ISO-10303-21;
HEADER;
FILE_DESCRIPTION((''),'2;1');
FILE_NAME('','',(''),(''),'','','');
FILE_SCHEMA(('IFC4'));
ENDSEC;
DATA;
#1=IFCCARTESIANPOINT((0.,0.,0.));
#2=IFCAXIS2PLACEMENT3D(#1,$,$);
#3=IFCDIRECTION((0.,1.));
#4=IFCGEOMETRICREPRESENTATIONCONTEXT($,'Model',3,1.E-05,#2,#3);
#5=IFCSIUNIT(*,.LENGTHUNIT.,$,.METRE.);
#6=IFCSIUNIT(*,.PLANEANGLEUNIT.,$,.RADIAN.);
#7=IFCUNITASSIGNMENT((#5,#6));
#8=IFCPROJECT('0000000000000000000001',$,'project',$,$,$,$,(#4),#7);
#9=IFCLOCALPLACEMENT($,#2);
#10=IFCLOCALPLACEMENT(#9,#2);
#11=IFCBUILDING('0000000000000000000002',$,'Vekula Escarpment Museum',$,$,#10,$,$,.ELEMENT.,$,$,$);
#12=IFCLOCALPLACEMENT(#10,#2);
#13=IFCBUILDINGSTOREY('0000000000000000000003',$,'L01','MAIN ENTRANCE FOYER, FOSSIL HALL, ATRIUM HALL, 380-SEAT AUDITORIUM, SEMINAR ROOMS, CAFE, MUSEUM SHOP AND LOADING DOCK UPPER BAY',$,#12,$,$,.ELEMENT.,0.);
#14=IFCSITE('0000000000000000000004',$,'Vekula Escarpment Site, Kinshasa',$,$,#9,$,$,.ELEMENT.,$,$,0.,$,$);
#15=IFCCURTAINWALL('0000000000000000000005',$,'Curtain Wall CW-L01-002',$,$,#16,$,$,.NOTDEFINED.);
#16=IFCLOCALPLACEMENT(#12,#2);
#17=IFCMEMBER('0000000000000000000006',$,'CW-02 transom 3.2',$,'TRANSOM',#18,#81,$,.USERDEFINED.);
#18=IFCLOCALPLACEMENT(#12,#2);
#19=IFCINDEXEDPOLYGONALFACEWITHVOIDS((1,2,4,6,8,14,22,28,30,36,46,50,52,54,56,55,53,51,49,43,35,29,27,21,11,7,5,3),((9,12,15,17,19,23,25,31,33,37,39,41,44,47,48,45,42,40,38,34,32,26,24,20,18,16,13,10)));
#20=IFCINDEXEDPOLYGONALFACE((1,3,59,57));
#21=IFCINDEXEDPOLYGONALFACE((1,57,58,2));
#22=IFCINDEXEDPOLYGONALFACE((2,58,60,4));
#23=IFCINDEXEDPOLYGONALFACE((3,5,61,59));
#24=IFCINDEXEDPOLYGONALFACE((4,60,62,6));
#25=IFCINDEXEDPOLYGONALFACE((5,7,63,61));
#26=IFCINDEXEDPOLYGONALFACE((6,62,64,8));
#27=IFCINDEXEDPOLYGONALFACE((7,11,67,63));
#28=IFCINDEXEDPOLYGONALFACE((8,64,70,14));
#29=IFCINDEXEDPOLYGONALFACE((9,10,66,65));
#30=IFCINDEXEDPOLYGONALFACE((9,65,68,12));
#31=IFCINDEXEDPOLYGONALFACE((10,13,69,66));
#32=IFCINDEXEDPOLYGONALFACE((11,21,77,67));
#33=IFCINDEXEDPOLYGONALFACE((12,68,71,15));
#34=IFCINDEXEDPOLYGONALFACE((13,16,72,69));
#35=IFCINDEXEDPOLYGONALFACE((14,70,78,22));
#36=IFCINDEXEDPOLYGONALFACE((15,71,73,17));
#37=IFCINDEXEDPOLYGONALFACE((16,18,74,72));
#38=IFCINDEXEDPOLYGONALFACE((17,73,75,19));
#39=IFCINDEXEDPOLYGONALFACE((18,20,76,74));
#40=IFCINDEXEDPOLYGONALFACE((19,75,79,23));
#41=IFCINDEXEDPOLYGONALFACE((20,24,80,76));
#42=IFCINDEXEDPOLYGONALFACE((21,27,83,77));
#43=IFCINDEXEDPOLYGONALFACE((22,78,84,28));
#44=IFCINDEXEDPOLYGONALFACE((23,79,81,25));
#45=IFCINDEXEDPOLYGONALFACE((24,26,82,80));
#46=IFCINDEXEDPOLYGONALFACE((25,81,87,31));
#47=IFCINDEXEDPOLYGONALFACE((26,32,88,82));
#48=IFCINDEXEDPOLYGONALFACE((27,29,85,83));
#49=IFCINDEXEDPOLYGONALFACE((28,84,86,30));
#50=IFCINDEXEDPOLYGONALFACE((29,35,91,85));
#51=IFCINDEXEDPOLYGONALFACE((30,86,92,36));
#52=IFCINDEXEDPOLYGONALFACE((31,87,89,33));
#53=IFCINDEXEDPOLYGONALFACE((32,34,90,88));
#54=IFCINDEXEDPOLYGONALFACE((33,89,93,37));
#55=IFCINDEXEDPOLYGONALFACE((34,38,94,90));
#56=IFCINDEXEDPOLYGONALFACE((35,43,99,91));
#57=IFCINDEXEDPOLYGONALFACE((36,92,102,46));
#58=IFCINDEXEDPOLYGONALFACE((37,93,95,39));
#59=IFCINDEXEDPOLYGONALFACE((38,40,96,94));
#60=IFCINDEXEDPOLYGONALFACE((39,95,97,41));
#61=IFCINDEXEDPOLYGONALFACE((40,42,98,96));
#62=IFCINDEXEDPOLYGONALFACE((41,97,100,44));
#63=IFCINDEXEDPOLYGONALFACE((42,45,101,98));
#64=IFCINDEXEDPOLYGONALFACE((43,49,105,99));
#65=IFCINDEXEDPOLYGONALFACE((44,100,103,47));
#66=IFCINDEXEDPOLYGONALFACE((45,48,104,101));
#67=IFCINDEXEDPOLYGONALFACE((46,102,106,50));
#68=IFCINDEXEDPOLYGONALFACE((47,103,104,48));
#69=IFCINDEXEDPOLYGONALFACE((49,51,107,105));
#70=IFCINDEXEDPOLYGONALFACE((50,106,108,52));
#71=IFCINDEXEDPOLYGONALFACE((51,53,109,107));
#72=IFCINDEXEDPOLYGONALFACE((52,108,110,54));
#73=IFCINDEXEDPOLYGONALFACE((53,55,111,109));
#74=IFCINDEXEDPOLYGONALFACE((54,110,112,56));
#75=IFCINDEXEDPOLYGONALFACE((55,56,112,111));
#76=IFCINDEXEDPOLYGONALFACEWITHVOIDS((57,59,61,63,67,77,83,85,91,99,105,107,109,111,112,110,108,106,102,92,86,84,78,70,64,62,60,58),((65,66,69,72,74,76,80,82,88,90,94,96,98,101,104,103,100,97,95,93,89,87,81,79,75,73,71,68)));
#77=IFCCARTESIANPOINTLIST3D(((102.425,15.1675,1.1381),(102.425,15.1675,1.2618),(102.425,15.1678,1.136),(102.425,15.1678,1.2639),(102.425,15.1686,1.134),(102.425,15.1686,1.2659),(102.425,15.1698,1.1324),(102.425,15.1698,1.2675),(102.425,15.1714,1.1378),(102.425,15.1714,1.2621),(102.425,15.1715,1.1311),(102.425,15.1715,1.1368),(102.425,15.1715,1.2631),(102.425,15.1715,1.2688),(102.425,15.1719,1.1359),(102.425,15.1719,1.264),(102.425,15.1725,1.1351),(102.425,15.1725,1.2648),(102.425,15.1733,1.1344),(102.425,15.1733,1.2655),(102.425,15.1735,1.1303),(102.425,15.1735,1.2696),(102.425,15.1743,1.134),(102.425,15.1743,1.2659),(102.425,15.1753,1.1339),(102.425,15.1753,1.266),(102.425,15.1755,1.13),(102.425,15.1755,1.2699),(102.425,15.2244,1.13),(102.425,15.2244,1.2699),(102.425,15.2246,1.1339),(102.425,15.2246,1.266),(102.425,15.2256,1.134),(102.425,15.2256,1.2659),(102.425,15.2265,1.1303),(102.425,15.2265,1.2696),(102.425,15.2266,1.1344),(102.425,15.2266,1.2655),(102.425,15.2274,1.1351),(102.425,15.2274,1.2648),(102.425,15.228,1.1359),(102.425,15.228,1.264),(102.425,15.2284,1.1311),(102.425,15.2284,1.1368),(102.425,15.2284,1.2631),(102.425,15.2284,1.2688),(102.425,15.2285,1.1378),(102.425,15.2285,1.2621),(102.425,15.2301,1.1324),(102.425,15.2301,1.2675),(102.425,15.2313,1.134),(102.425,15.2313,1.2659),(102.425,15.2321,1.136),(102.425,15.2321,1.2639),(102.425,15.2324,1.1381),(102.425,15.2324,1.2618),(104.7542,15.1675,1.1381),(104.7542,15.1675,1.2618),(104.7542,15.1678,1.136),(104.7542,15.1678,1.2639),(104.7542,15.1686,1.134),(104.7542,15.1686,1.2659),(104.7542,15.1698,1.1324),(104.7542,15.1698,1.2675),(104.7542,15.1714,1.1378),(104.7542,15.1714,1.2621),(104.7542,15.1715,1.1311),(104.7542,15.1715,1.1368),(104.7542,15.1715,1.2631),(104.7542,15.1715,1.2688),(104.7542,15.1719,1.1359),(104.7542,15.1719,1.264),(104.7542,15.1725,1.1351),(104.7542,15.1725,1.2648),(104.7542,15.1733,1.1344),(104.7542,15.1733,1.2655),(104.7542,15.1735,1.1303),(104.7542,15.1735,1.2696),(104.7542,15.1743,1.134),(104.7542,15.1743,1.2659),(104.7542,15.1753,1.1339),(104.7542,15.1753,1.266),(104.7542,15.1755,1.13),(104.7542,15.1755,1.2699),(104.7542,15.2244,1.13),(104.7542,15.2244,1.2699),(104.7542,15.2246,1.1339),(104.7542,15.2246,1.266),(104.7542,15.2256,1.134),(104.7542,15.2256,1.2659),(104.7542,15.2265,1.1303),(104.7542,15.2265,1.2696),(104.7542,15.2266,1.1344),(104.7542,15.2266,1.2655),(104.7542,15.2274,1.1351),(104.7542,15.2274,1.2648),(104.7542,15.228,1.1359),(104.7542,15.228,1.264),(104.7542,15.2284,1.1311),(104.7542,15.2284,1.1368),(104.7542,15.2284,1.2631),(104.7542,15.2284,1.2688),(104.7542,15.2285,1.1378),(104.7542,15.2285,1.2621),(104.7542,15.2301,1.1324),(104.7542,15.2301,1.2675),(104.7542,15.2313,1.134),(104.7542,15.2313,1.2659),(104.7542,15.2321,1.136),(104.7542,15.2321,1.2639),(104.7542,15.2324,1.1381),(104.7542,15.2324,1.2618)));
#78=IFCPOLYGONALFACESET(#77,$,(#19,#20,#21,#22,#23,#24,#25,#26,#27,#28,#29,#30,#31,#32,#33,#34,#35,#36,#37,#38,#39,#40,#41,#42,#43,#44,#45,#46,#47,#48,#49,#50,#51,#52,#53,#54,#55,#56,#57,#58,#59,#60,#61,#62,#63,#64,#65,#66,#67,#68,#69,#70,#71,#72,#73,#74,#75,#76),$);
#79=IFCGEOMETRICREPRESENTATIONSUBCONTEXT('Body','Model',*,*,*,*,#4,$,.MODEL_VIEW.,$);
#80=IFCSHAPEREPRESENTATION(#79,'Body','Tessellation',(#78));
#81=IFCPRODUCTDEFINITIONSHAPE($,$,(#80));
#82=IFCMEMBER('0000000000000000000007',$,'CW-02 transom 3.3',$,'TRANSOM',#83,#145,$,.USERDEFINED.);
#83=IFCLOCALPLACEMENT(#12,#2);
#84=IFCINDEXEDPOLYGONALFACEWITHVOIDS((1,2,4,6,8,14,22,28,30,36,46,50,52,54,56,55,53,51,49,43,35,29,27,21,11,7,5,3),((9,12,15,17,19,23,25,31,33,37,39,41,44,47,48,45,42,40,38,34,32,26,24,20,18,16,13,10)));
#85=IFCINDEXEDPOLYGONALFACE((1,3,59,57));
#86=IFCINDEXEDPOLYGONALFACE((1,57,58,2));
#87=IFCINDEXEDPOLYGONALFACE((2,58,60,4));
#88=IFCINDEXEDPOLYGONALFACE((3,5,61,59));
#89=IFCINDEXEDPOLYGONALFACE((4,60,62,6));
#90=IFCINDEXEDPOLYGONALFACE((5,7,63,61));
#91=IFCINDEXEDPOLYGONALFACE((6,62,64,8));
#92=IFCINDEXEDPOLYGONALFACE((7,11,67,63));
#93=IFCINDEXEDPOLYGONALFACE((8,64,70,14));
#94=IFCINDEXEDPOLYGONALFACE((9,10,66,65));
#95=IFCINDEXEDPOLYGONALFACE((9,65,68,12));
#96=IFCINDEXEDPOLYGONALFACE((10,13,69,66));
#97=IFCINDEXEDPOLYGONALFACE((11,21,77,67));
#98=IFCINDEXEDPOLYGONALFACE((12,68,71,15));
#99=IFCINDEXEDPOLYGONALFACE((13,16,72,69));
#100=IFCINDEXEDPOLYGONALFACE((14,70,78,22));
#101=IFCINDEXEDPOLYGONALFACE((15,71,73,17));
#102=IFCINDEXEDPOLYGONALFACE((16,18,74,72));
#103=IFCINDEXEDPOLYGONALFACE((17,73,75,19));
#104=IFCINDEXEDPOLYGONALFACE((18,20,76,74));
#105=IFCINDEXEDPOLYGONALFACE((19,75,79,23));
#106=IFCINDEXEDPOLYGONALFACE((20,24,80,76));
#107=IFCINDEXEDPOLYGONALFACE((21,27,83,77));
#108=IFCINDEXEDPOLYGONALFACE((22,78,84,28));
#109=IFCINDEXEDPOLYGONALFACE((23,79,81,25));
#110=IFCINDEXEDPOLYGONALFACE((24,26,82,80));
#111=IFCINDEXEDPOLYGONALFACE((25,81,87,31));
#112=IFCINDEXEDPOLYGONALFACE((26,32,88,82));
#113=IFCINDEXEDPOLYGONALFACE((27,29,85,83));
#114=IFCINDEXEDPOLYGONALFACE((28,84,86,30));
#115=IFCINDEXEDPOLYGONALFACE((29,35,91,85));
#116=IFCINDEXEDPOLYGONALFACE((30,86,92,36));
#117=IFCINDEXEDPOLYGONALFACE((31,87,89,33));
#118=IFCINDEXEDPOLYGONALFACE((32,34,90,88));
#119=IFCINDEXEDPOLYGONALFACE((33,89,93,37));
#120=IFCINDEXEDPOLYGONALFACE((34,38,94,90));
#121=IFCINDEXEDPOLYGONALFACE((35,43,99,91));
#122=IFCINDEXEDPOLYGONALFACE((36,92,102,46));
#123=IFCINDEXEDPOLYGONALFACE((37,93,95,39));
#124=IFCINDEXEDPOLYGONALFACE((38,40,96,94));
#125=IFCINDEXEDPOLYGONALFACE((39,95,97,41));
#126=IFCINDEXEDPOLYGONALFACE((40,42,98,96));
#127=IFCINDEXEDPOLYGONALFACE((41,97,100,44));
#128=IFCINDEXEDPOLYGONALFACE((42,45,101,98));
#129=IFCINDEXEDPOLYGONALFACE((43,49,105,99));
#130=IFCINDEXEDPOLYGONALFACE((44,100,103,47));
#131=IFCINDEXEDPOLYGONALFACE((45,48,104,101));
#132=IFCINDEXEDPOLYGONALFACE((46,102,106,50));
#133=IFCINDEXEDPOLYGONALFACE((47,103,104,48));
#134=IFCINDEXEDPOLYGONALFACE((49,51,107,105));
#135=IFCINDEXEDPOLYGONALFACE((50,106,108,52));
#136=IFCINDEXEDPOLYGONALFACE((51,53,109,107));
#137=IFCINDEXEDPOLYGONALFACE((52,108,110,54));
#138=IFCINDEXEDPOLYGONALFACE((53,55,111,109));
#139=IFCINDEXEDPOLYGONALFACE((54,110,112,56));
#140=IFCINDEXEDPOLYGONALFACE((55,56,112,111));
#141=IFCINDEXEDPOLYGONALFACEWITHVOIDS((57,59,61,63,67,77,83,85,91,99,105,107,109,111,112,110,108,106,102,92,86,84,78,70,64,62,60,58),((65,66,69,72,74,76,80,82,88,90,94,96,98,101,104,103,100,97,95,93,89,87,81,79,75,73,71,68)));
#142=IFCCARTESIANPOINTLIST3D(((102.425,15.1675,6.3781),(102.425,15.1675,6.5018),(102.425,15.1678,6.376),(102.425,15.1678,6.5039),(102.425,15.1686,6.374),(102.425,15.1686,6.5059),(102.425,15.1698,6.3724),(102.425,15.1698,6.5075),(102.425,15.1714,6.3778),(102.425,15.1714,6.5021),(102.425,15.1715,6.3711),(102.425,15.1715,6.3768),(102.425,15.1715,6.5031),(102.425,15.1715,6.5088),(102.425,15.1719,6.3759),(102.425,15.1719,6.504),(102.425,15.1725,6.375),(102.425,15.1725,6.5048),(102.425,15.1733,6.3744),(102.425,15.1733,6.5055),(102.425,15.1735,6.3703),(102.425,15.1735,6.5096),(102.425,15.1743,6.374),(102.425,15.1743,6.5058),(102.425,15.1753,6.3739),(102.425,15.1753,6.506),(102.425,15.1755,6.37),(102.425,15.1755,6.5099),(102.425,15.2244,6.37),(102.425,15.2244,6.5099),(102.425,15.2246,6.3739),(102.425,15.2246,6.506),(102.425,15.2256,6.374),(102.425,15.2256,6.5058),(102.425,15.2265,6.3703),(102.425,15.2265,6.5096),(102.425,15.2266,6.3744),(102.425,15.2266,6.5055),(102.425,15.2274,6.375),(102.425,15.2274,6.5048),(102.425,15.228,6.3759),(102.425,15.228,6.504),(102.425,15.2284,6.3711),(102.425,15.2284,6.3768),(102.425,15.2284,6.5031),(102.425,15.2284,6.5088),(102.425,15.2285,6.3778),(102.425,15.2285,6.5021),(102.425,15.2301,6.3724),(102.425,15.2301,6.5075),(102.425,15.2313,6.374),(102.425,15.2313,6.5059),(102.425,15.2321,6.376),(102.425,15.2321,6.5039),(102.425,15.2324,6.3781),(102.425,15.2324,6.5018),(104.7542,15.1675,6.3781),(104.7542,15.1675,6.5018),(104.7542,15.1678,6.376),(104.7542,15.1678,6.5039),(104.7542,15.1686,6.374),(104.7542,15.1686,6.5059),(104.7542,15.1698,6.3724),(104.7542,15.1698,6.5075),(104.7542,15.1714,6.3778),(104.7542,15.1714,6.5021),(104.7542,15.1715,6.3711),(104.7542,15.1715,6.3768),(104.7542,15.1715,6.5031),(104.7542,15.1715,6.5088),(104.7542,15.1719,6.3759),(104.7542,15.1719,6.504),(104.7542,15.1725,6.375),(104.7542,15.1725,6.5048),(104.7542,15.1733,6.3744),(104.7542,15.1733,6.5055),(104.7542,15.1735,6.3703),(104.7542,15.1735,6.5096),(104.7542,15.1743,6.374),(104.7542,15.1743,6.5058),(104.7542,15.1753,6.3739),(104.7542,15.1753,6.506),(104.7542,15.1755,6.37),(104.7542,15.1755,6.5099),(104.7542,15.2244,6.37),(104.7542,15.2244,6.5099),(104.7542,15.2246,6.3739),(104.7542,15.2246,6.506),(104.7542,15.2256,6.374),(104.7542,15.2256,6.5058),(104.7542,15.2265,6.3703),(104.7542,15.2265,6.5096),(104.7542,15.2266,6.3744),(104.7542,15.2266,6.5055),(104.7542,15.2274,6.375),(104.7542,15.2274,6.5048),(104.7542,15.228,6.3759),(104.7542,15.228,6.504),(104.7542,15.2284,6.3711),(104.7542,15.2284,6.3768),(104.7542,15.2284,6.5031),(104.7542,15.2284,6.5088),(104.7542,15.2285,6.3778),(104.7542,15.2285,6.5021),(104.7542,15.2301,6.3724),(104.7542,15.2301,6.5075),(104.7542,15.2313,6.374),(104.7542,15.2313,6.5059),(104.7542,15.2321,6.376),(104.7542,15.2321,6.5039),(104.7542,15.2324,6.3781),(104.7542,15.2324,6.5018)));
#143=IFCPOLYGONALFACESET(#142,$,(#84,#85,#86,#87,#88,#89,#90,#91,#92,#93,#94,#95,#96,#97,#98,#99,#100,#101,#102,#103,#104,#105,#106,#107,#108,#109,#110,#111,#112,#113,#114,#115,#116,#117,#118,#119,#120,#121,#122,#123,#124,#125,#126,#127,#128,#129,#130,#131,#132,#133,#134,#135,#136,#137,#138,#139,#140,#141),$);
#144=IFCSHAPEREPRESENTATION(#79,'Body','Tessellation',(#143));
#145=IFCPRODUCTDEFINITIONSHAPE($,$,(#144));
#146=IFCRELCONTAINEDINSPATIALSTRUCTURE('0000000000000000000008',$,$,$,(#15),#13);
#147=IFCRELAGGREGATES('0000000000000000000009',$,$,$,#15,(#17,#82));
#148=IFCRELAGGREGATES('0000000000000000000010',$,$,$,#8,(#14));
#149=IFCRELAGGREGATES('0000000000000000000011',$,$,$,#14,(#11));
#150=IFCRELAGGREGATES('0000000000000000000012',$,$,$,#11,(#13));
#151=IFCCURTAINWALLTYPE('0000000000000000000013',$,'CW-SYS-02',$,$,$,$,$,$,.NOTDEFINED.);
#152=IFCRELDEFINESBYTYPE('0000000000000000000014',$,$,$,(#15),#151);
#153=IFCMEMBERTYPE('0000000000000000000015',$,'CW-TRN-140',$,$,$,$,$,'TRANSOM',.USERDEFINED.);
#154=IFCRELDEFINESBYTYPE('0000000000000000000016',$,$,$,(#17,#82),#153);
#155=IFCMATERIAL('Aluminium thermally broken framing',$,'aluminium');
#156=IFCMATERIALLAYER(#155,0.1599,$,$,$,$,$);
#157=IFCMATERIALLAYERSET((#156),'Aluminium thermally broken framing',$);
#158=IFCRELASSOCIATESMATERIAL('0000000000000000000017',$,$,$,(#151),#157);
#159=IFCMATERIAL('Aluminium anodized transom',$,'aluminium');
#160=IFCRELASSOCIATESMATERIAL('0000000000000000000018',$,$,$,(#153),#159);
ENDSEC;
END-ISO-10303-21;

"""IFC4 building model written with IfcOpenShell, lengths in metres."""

from ifc_helpers import new_model, si_unit, direction, frame, origin, origin_2d, place, context, subcontext, project, spatial, hollow_rectangle, extrude, material, layer, layer_set, material_profile, profile_set, type_object, element, aggregate, save


model = new_model("IFC4")

# Units and contexts
model_context = context("Model", 3, precision=1e-05, world=origin(), true_north=direction((0.0, 1.0)))
body_context = subcontext(model_context, "Body", "Model", "MODEL_VIEW")
ifc_project = project(units=[si_unit("LENGTHUNIT", "METRE"), si_unit("PLANEANGLEUNIT", "RADIAN")], contexts=[model_context])

# Site, building, storey
site_placement = place(None, origin())
site = spatial("IfcSite", under=ifc_project, at=site_placement, Name="Vekula Escarpment Site, Kinshasa", CompositionType="ELEMENT", RefElevation=0.0)
building_placement = place(site_placement, origin())
building = spatial("IfcBuilding", under=site, at=building_placement, Name="Vekula Escarpment Museum", CompositionType="ELEMENT")
storey_placement = place(building_placement, origin())
storey = spatial("IfcBuildingStorey", under=building, at=storey_placement, Name="L01", Description="MAIN ENTRANCE FOYER, FOSSIL HALL, ATRIUM HALL, 380-SEAT AUDITORIUM, SEMINAR ROOMS, CAFE, MUSEUM SHOP AND LOADING DOCK UPPER BAY", CompositionType="ELEMENT", Elevation=0.0)

# Curtain wall, members
ifc_material_1 = material(Name="Aluminium thermally broken framing", Category="aluminium")
ifc_layer_1 = layer(ifc_material_1, 0.1599)
ifc_layer_set_1 = layer_set([ifc_layer_1], Name="Aluminium thermally broken framing")
curtain_wall_type_1 = type_object("IfcCurtainWallType", Name="CW-SYS-02", PredefinedType="NOTDEFINED", material=ifc_layer_set_1)
curtain_wall_1_placement = place(storey_placement, origin())
curtain_wall_1 = element("IfcCurtainWall", 1, at=curtain_wall_1_placement, inside=storey, type_object=curtain_wall_type_1, Name="Curtain Wall CW-L01-002", PredefinedType="NOTDEFINED")
ifc_material_2 = material(Name="Aluminium anodized transom", Category="aluminium")
ifc_material_profile_1 = material_profile(ifc_material_2, hollow_rectangle(XDim=0.0649, YDim=0.1399, WallThickness=0.0039, InnerFilletRadius=0.0039, OuterFilletRadius=0.0081, at=origin_2d()), Name="ALU 140x65x4")
ifc_profile_set_1 = profile_set([ifc_material_profile_1], Name="Aluminium anodized transom")
member_type_1 = type_object("IfcMemberType", Name="CW-TRN-140", ElementType="TRANSOM", PredefinedType="USERDEFINED", material=ifc_profile_set_1)
member_1_placement = place(storey_placement, frame((104.7542, 15.2, 1.2), z_axis=(-1.0, 0.0, 0.0), x_axis=(0.0, -1.0, 0.0)))
member_1 = element("IfcMember", 2, at=member_1_placement, type_object=member_type_1, Name="CW-02 transom 3.2", ObjectType="TRANSOM", PredefinedType="USERDEFINED", context=body_context, shape_type="SweptSolid", body=[
    extrude(hollow_rectangle(XDim=0.0649, YDim=0.1399, WallThickness=0.0039, InnerFilletRadius=0.0039, OuterFilletRadius=0.0081, at=origin_2d()), origin(), (0.0, 0.0, 1.0), 2.3291),
])
member_2_placement = place(storey_placement, frame((104.7542, 15.2, 6.4399), z_axis=(-1.0, 0.0, 0.0), x_axis=(0.0, -1.0, 0.0)))
member_2 = element("IfcMember", 3, at=member_2_placement, type_object=member_type_1, Name="CW-02 transom 3.3", ObjectType="TRANSOM", PredefinedType="USERDEFINED", context=body_context, shape_type="SweptSolid", body=[
    extrude(hollow_rectangle(XDim=0.0649, YDim=0.1399, WallThickness=0.0039, InnerFilletRadius=0.0039, OuterFilletRadius=0.0081, at=origin_2d()), origin(), (0.0, 0.0, 1.0), 2.3291),
])

aggregate(curtain_wall_1, [member_1, member_2])

save(model, "model.ifc")
